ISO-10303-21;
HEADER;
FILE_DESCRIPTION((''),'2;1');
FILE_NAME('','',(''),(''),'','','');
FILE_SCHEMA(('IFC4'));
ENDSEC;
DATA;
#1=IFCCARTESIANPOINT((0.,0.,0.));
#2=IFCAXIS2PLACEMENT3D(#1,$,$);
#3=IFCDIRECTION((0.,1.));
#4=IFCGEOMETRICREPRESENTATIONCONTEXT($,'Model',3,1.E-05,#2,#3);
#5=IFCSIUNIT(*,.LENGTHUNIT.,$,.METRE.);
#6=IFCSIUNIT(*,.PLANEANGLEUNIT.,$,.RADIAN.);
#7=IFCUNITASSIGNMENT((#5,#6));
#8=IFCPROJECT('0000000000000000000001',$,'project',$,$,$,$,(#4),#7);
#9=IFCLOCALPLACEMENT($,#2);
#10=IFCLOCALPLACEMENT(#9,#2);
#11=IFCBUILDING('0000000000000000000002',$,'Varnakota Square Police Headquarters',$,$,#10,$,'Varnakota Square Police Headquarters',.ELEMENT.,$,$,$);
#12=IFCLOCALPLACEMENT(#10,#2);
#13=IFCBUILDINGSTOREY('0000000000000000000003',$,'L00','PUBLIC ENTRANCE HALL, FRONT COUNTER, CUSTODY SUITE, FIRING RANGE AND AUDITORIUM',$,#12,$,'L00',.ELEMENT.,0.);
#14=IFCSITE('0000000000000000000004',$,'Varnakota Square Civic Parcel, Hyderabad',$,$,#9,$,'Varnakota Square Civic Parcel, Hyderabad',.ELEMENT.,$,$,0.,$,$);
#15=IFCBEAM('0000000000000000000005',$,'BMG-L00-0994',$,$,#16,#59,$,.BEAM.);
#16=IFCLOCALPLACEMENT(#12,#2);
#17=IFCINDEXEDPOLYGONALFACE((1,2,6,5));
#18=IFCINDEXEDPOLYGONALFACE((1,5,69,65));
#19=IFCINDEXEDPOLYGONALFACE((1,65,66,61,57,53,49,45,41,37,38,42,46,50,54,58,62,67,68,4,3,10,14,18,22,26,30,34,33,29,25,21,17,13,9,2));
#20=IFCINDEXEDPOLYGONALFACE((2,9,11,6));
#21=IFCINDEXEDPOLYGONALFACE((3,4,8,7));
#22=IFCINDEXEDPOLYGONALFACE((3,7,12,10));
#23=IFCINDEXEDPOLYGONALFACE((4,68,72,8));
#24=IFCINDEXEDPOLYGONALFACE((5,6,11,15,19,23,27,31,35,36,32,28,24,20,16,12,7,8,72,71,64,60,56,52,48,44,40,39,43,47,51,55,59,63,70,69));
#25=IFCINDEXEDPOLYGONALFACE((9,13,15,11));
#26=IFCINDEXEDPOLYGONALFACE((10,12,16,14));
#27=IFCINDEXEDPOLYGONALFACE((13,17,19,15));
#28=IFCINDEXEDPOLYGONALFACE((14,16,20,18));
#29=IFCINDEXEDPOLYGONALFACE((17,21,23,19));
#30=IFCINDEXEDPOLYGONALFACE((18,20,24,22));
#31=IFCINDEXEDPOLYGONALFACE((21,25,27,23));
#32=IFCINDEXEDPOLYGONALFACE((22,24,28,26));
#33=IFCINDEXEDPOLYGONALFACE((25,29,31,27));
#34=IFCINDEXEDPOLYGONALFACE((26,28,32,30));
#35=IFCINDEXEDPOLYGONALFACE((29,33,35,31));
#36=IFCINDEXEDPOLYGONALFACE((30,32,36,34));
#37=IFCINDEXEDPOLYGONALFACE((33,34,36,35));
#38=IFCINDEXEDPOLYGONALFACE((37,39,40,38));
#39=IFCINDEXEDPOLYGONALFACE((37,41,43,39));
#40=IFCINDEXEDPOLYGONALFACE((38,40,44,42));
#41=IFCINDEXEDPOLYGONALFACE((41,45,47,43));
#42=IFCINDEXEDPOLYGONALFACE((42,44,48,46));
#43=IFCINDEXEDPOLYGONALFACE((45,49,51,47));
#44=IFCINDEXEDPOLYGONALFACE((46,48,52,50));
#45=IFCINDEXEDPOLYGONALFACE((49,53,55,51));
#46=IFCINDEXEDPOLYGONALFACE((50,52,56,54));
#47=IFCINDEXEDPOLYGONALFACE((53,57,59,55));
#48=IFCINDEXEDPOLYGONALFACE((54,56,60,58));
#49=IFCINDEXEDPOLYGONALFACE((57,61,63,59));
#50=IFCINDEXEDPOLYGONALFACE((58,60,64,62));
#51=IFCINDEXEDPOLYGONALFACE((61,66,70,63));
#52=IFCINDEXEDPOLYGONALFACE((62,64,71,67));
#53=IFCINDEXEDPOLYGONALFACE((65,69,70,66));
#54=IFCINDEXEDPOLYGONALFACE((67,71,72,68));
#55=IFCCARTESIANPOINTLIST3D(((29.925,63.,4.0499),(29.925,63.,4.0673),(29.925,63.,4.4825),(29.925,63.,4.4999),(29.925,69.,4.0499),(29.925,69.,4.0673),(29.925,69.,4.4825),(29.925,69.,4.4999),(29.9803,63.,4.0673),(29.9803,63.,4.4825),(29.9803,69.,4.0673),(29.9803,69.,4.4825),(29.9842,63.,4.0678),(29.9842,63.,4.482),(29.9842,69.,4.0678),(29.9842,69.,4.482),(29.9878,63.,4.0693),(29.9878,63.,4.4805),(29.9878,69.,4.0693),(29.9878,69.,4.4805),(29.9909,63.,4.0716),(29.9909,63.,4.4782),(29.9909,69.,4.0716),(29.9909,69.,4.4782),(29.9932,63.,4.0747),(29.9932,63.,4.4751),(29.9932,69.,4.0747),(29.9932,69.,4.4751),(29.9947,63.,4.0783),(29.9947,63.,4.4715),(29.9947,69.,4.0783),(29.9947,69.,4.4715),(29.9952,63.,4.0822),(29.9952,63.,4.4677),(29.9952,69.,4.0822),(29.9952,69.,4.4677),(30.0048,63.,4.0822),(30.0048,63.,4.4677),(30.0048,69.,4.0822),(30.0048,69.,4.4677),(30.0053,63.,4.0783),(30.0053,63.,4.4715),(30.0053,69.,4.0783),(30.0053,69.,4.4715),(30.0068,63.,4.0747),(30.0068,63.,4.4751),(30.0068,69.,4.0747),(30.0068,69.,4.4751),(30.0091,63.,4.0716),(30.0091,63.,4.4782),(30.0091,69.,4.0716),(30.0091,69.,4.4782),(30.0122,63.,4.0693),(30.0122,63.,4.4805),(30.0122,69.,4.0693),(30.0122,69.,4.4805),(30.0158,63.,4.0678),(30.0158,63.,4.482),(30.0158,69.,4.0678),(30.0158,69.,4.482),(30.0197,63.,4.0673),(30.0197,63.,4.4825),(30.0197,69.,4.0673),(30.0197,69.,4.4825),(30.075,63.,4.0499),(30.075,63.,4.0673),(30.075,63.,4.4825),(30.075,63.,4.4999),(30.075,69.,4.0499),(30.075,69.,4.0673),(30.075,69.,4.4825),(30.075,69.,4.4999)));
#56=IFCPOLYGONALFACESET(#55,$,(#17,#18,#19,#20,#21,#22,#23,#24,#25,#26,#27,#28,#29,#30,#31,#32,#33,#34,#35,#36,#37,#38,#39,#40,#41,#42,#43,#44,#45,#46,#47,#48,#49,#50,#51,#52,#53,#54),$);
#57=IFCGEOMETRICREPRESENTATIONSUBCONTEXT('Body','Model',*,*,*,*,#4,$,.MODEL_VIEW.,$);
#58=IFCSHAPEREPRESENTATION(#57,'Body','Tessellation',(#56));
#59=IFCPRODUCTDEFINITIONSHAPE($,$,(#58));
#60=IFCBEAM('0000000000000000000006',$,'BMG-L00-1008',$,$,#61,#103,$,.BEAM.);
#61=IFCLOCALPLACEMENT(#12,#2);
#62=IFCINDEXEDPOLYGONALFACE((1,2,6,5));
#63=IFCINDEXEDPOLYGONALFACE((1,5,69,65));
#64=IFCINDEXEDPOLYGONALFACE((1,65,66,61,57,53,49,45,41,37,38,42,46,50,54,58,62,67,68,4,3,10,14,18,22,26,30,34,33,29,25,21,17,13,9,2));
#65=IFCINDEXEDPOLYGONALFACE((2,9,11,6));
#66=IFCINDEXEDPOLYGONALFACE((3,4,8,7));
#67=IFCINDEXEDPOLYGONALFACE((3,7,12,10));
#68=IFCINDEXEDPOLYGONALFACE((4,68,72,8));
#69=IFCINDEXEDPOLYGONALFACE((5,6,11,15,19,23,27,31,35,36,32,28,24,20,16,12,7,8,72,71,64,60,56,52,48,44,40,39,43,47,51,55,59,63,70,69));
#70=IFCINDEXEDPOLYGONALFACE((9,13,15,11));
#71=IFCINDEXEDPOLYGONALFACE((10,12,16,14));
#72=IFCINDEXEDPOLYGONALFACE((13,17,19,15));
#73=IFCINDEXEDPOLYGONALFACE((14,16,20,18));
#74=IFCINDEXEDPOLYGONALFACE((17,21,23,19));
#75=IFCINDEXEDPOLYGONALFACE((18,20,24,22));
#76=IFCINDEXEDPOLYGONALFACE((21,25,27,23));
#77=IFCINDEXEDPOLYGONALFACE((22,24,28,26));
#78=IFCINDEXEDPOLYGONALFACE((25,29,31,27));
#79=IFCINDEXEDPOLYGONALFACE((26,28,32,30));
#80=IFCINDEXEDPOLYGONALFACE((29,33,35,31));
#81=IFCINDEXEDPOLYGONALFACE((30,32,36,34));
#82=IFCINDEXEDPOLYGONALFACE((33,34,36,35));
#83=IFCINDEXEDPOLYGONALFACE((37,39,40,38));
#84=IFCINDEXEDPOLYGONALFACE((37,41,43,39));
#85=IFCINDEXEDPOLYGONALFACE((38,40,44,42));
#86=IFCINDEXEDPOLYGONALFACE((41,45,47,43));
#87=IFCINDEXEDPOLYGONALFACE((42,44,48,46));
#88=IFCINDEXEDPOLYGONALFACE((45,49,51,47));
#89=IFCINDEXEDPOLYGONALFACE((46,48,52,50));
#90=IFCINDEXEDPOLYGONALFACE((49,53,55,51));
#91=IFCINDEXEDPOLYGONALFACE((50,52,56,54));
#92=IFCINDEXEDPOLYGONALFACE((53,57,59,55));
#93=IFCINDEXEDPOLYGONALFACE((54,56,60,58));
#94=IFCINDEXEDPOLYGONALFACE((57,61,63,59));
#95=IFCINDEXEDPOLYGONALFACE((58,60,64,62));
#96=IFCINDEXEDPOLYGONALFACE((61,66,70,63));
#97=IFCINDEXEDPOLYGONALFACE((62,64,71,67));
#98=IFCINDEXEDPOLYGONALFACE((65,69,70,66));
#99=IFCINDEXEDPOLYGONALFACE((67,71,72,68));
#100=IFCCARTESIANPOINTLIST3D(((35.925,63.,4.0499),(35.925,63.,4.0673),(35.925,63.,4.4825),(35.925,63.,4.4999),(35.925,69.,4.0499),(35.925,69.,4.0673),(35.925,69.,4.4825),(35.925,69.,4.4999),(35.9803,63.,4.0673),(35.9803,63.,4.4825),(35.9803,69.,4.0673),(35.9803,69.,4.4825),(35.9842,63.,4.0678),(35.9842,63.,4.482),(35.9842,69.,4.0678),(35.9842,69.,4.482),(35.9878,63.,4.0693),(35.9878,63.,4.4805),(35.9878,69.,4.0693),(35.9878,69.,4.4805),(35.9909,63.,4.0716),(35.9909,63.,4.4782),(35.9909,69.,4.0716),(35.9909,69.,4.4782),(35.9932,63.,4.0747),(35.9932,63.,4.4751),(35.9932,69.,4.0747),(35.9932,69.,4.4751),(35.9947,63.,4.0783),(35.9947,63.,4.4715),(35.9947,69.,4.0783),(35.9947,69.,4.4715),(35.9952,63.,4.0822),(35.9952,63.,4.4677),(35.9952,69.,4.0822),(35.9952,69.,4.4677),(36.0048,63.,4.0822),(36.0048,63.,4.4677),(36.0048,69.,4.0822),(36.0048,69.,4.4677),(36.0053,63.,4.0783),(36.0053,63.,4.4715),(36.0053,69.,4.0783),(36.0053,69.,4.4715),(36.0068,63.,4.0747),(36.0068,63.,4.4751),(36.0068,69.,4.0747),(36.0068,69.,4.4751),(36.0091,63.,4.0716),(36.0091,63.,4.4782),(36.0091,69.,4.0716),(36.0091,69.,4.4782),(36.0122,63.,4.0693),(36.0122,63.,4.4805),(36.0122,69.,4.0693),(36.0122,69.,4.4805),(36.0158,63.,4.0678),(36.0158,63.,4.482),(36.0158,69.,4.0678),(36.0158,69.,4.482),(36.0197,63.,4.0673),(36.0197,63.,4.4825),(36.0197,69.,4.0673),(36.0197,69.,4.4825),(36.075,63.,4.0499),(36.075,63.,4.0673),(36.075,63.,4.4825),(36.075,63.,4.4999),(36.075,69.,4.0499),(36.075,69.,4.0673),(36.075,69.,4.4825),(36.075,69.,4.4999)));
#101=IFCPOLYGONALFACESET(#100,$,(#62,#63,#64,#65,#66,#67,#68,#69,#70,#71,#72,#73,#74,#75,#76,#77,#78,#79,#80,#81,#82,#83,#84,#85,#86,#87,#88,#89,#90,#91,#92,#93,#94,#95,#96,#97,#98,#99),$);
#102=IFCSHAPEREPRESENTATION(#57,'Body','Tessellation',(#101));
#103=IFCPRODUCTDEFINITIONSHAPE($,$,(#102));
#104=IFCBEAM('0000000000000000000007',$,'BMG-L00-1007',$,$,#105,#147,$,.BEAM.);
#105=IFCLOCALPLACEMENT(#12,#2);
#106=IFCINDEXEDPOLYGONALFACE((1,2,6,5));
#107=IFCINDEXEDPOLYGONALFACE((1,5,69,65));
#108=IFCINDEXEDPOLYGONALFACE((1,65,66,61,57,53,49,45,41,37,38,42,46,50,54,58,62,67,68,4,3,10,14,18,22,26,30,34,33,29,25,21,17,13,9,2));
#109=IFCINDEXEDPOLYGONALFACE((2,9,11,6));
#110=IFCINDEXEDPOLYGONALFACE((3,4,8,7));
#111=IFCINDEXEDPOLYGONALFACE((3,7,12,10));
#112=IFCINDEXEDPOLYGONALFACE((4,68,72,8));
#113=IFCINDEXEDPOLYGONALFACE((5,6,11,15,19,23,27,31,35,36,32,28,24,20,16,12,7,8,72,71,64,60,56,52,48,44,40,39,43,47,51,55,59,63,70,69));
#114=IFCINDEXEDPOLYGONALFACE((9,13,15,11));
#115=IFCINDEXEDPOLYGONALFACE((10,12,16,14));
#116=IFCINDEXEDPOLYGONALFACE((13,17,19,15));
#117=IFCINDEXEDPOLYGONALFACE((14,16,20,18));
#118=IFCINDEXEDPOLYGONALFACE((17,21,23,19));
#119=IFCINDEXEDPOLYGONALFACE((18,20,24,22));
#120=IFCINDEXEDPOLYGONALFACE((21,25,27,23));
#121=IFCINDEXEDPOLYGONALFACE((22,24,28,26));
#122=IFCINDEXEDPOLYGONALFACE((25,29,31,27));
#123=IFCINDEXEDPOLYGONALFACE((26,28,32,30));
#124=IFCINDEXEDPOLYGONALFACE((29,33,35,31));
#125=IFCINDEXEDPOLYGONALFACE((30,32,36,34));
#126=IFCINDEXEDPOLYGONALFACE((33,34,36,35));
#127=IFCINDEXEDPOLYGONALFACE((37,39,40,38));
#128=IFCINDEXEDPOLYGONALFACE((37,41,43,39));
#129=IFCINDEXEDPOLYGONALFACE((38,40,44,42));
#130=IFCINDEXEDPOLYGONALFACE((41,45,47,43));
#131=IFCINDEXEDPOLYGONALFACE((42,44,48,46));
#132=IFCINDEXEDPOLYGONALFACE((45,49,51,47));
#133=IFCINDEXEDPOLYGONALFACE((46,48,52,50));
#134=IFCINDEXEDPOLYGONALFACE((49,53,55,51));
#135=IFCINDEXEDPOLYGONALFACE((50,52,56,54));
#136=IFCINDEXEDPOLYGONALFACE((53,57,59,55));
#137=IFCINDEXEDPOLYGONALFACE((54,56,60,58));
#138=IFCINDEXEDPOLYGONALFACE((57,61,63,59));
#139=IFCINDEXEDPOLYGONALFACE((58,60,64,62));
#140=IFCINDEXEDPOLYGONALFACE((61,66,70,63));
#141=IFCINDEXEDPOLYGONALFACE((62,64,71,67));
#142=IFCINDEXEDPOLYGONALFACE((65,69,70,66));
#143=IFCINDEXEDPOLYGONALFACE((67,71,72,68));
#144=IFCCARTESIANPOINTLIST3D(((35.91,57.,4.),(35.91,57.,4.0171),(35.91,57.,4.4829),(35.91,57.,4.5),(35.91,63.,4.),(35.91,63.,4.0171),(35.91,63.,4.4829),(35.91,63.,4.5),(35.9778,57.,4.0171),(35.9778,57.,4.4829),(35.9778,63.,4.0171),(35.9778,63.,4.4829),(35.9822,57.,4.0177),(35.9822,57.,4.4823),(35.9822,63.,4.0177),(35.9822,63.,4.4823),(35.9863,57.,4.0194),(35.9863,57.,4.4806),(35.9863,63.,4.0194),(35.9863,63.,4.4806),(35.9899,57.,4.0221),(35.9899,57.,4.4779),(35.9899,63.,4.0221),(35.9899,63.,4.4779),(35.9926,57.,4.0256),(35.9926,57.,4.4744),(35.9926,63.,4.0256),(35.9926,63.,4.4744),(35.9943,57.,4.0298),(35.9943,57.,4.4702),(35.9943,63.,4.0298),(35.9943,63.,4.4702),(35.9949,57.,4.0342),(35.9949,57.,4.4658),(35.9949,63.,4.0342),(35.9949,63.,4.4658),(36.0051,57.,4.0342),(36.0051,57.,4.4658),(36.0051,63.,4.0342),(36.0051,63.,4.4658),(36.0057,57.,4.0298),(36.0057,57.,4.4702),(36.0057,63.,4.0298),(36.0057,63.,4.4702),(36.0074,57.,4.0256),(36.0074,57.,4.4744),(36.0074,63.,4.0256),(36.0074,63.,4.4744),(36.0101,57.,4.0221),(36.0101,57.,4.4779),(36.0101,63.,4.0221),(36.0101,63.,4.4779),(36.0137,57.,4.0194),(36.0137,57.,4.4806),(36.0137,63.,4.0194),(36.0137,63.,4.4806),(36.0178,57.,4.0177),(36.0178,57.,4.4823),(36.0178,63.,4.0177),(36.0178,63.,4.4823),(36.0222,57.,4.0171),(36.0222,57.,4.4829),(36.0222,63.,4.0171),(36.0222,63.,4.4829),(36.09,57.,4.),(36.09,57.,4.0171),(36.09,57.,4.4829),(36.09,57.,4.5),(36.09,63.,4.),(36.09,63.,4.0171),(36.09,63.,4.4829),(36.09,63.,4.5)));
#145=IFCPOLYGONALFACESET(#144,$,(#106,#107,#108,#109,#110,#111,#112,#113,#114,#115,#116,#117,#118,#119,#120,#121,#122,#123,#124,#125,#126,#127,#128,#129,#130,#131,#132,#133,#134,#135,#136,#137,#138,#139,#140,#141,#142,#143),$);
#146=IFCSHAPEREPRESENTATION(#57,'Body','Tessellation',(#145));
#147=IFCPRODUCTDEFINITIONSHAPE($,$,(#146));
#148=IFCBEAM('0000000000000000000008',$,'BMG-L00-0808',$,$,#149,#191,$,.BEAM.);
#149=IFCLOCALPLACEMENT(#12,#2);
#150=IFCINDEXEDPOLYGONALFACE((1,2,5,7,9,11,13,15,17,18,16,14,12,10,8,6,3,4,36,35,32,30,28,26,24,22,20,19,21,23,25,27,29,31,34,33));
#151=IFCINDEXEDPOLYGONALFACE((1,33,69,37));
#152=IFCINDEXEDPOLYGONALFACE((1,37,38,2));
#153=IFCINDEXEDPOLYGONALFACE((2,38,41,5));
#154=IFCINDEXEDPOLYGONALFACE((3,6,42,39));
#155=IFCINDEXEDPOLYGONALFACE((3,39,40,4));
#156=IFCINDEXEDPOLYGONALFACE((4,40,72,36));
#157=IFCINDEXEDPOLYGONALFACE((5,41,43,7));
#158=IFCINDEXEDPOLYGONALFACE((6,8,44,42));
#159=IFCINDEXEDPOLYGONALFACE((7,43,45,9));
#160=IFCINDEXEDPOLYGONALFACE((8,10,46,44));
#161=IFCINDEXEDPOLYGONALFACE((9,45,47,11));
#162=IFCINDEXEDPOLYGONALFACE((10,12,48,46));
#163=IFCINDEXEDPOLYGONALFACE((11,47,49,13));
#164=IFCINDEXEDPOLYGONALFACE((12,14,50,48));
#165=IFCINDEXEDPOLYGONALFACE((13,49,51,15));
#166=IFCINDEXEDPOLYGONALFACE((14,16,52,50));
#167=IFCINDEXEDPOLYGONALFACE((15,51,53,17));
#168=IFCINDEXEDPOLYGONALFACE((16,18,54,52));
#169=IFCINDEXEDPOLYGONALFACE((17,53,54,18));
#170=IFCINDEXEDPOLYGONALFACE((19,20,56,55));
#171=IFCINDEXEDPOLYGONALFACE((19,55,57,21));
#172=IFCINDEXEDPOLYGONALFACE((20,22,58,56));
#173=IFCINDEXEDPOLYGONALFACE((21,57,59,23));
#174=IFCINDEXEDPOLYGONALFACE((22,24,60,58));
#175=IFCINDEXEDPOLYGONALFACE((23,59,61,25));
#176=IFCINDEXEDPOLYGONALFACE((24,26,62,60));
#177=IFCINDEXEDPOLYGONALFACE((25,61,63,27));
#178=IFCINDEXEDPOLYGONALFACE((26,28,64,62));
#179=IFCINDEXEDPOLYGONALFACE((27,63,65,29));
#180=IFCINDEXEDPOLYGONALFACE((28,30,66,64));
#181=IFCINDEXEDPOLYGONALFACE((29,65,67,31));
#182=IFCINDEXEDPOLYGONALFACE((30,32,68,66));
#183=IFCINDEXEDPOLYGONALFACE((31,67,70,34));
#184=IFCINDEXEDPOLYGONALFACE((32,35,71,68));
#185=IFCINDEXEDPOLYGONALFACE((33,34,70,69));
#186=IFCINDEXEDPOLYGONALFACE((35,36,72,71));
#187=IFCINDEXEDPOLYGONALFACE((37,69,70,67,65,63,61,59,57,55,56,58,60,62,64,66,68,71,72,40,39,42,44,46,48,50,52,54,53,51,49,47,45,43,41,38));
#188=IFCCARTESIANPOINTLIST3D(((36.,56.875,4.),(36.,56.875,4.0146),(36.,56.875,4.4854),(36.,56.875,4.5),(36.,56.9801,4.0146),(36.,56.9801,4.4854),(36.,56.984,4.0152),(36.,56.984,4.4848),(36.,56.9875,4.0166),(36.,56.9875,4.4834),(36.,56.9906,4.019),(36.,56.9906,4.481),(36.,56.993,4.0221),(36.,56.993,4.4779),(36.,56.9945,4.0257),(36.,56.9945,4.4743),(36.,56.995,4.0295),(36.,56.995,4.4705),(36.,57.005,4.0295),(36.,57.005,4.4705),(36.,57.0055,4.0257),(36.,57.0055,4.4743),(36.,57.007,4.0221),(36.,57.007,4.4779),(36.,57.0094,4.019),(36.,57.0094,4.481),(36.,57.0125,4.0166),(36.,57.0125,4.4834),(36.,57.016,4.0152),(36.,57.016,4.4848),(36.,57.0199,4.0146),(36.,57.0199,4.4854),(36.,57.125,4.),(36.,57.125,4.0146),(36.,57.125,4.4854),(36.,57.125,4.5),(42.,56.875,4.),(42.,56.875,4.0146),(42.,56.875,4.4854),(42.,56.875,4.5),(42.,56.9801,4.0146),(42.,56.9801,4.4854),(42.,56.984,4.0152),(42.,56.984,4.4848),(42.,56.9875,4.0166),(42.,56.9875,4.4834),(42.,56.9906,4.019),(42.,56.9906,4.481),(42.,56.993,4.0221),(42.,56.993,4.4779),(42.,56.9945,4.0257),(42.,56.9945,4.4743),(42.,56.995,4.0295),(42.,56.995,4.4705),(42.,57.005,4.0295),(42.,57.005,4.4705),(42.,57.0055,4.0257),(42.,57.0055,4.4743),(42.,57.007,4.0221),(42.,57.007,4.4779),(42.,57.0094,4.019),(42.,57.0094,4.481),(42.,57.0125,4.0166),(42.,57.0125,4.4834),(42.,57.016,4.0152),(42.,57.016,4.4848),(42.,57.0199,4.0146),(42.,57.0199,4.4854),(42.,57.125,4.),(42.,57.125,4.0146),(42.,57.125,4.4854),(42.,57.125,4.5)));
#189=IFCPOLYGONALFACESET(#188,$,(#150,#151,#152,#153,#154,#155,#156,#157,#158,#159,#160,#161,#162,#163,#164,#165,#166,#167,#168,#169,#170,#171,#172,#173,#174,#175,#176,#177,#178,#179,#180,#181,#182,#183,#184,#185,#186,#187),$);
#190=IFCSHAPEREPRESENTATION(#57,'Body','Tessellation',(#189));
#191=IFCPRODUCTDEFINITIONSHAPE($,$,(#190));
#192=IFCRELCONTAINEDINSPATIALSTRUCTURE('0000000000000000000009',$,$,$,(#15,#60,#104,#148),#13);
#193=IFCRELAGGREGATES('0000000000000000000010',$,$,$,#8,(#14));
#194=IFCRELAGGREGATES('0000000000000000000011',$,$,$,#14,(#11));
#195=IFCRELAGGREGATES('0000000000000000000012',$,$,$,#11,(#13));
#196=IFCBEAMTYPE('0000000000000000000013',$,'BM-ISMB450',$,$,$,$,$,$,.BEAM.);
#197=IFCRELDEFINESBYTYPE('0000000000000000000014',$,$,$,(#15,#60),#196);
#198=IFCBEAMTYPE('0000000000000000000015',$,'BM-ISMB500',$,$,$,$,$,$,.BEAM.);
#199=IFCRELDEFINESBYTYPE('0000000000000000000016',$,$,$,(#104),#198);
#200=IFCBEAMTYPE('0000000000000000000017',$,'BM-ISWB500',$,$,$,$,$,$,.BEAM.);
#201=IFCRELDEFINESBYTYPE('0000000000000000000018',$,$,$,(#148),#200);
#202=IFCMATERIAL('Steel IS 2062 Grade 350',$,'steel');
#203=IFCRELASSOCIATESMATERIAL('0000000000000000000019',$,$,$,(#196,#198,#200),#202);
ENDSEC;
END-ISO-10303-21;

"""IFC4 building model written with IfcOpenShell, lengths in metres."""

from ifc_helpers import new_model, si_unit, direction, frame, origin, origin_2d, place, context, subcontext, project, spatial, i_section, extrude, material, material_profile, profile_set, type_object, element, save


model = new_model("IFC4")

# Units and contexts
model_context = context("Model", 3, precision=1e-05, world=origin(), true_north=direction((0.0, 1.0)))
body_context = subcontext(model_context, "Body", "Model", "MODEL_VIEW")
ifc_project = project(units=[si_unit("LENGTHUNIT", "METRE"), si_unit("PLANEANGLEUNIT", "RADIAN")], contexts=[model_context])

# Site, building, storey
site_placement = place(None, origin())
site = spatial("IfcSite", under=ifc_project, at=site_placement, Name="Varnakota Square Civic Parcel, Hyderabad", LongName="Varnakota Square Civic Parcel, Hyderabad", CompositionType="ELEMENT", RefElevation=0.0)
building_placement = place(site_placement, origin())
building = spatial("IfcBuilding", under=site, at=building_placement, Name="Varnakota Square Police Headquarters", LongName="Varnakota Square Police Headquarters", CompositionType="ELEMENT")
storey_placement = place(building_placement, origin())
storey = spatial("IfcBuildingStorey", under=building, at=storey_placement, Name="L00", Description="PUBLIC ENTRANCE HALL, FRONT COUNTER, CUSTODY SUITE, FIRING RANGE AND AUDITORIUM", LongName="L00", CompositionType="ELEMENT", Elevation=0.0)

# Beams
ifc_material_1 = material(Name="Steel IS 2062 Grade 350", Category="steel")
ifc_material_profile_1 = material_profile(ifc_material_1, i_section(OverallWidth=0.1499, OverallDepth=0.45, WebThickness=0.0095, FlangeThickness=0.0173, FilletRadius=0.0149, at=origin_2d()), Name="ISMB 450")
ifc_profile_set_1 = profile_set([ifc_material_profile_1], Name="Steel IS 2062 Grade 350")
beam_type_1 = type_object("IfcBeamType", Name="BM-ISMB450", PredefinedType="BEAM", material=ifc_profile_set_1)
for number, where, z_axis, x_axis, name in (
    (1, (30.0, 63.0, 4.2749), (0.0, 1.0, 0.0), (-1.0, 0.0, 0.0), "BMG-L00-0994"),
    (2, (36.0, 63.0, 4.2749), (0.0, 1.0, 0.0), (-1.0, 0.0, 0.0), "BMG-L00-1008"),
):
    element("IfcBeam", number, at=place(storey_placement, frame(where, z_axis=z_axis, x_axis=x_axis)), inside=storey, type_object=beam_type_1, Name=name, PredefinedType="BEAM", context=body_context, shape_type="SweptSolid", body=[
        extrude(i_section(OverallWidth=0.1499, OverallDepth=0.45, WebThickness=0.0095, FlangeThickness=0.0173, FilletRadius=0.0149, at=origin_2d()), origin(), (0.0, 0.0, 1.0), 6.0),
    ])
ifc_material_profile_2 = material_profile(ifc_material_1, i_section(OverallWidth=0.1799, OverallDepth=0.5, WebThickness=0.0103, FlangeThickness=0.0171, FilletRadius=0.0171, at=origin_2d()), Name="ISMB 500")
ifc_profile_set_2 = profile_set([ifc_material_profile_2], Name="Steel IS 2062 Grade 350")
beam_type_2 = type_object("IfcBeamType", Name="BM-ISMB500", PredefinedType="BEAM", material=ifc_profile_set_2)
beam_1_placement = place(storey_placement, frame((36.0, 57.0, 4.25), z_axis=(0.0, 1.0, 0.0), x_axis=(-1.0, 0.0, 0.0)))
element("IfcBeam", 3, at=beam_1_placement, inside=storey, type_object=beam_type_2, Name="BMG-L00-1007", PredefinedType="BEAM", context=body_context, shape_type="SweptSolid", body=[
    extrude(i_section(OverallWidth=0.1799, OverallDepth=0.5, WebThickness=0.0103, FlangeThickness=0.0171, FilletRadius=0.0171, at=origin_2d()), origin(), (0.0, 0.0, 1.0), 6.0),
])
ifc_material_profile_3 = material_profile(ifc_material_1, i_section(OverallWidth=0.25, OverallDepth=0.5, WebThickness=0.01, FlangeThickness=0.0146, FilletRadius=0.0149, at=origin_2d()), Name="ISWB 500")
ifc_profile_set_3 = profile_set([ifc_material_profile_3], Name="Steel IS 2062 Grade 350")
beam_type_3 = type_object("IfcBeamType", Name="BM-ISWB500", PredefinedType="BEAM", material=ifc_profile_set_3)
for number, where, z_axis, x_axis, name in (
    (4, (36.0, 57.0, 4.25), (1.0, 0.0, 0.0), (0.0, 1.0, 0.0), "BMG-L00-0808"),
):
    element("IfcBeam", number, at=place(storey_placement, frame(where, z_axis=z_axis, x_axis=x_axis)), inside=storey, type_object=beam_type_3, Name=name, PredefinedType="BEAM", context=body_context, shape_type="SweptSolid", body=[
        extrude(i_section(OverallWidth=0.25, OverallDepth=0.5, WebThickness=0.01, FlangeThickness=0.0146, FilletRadius=0.0149, at=origin_2d()), origin(), (0.0, 0.0, 1.0), 6.0),
    ])

save(model, "model.ifc")
